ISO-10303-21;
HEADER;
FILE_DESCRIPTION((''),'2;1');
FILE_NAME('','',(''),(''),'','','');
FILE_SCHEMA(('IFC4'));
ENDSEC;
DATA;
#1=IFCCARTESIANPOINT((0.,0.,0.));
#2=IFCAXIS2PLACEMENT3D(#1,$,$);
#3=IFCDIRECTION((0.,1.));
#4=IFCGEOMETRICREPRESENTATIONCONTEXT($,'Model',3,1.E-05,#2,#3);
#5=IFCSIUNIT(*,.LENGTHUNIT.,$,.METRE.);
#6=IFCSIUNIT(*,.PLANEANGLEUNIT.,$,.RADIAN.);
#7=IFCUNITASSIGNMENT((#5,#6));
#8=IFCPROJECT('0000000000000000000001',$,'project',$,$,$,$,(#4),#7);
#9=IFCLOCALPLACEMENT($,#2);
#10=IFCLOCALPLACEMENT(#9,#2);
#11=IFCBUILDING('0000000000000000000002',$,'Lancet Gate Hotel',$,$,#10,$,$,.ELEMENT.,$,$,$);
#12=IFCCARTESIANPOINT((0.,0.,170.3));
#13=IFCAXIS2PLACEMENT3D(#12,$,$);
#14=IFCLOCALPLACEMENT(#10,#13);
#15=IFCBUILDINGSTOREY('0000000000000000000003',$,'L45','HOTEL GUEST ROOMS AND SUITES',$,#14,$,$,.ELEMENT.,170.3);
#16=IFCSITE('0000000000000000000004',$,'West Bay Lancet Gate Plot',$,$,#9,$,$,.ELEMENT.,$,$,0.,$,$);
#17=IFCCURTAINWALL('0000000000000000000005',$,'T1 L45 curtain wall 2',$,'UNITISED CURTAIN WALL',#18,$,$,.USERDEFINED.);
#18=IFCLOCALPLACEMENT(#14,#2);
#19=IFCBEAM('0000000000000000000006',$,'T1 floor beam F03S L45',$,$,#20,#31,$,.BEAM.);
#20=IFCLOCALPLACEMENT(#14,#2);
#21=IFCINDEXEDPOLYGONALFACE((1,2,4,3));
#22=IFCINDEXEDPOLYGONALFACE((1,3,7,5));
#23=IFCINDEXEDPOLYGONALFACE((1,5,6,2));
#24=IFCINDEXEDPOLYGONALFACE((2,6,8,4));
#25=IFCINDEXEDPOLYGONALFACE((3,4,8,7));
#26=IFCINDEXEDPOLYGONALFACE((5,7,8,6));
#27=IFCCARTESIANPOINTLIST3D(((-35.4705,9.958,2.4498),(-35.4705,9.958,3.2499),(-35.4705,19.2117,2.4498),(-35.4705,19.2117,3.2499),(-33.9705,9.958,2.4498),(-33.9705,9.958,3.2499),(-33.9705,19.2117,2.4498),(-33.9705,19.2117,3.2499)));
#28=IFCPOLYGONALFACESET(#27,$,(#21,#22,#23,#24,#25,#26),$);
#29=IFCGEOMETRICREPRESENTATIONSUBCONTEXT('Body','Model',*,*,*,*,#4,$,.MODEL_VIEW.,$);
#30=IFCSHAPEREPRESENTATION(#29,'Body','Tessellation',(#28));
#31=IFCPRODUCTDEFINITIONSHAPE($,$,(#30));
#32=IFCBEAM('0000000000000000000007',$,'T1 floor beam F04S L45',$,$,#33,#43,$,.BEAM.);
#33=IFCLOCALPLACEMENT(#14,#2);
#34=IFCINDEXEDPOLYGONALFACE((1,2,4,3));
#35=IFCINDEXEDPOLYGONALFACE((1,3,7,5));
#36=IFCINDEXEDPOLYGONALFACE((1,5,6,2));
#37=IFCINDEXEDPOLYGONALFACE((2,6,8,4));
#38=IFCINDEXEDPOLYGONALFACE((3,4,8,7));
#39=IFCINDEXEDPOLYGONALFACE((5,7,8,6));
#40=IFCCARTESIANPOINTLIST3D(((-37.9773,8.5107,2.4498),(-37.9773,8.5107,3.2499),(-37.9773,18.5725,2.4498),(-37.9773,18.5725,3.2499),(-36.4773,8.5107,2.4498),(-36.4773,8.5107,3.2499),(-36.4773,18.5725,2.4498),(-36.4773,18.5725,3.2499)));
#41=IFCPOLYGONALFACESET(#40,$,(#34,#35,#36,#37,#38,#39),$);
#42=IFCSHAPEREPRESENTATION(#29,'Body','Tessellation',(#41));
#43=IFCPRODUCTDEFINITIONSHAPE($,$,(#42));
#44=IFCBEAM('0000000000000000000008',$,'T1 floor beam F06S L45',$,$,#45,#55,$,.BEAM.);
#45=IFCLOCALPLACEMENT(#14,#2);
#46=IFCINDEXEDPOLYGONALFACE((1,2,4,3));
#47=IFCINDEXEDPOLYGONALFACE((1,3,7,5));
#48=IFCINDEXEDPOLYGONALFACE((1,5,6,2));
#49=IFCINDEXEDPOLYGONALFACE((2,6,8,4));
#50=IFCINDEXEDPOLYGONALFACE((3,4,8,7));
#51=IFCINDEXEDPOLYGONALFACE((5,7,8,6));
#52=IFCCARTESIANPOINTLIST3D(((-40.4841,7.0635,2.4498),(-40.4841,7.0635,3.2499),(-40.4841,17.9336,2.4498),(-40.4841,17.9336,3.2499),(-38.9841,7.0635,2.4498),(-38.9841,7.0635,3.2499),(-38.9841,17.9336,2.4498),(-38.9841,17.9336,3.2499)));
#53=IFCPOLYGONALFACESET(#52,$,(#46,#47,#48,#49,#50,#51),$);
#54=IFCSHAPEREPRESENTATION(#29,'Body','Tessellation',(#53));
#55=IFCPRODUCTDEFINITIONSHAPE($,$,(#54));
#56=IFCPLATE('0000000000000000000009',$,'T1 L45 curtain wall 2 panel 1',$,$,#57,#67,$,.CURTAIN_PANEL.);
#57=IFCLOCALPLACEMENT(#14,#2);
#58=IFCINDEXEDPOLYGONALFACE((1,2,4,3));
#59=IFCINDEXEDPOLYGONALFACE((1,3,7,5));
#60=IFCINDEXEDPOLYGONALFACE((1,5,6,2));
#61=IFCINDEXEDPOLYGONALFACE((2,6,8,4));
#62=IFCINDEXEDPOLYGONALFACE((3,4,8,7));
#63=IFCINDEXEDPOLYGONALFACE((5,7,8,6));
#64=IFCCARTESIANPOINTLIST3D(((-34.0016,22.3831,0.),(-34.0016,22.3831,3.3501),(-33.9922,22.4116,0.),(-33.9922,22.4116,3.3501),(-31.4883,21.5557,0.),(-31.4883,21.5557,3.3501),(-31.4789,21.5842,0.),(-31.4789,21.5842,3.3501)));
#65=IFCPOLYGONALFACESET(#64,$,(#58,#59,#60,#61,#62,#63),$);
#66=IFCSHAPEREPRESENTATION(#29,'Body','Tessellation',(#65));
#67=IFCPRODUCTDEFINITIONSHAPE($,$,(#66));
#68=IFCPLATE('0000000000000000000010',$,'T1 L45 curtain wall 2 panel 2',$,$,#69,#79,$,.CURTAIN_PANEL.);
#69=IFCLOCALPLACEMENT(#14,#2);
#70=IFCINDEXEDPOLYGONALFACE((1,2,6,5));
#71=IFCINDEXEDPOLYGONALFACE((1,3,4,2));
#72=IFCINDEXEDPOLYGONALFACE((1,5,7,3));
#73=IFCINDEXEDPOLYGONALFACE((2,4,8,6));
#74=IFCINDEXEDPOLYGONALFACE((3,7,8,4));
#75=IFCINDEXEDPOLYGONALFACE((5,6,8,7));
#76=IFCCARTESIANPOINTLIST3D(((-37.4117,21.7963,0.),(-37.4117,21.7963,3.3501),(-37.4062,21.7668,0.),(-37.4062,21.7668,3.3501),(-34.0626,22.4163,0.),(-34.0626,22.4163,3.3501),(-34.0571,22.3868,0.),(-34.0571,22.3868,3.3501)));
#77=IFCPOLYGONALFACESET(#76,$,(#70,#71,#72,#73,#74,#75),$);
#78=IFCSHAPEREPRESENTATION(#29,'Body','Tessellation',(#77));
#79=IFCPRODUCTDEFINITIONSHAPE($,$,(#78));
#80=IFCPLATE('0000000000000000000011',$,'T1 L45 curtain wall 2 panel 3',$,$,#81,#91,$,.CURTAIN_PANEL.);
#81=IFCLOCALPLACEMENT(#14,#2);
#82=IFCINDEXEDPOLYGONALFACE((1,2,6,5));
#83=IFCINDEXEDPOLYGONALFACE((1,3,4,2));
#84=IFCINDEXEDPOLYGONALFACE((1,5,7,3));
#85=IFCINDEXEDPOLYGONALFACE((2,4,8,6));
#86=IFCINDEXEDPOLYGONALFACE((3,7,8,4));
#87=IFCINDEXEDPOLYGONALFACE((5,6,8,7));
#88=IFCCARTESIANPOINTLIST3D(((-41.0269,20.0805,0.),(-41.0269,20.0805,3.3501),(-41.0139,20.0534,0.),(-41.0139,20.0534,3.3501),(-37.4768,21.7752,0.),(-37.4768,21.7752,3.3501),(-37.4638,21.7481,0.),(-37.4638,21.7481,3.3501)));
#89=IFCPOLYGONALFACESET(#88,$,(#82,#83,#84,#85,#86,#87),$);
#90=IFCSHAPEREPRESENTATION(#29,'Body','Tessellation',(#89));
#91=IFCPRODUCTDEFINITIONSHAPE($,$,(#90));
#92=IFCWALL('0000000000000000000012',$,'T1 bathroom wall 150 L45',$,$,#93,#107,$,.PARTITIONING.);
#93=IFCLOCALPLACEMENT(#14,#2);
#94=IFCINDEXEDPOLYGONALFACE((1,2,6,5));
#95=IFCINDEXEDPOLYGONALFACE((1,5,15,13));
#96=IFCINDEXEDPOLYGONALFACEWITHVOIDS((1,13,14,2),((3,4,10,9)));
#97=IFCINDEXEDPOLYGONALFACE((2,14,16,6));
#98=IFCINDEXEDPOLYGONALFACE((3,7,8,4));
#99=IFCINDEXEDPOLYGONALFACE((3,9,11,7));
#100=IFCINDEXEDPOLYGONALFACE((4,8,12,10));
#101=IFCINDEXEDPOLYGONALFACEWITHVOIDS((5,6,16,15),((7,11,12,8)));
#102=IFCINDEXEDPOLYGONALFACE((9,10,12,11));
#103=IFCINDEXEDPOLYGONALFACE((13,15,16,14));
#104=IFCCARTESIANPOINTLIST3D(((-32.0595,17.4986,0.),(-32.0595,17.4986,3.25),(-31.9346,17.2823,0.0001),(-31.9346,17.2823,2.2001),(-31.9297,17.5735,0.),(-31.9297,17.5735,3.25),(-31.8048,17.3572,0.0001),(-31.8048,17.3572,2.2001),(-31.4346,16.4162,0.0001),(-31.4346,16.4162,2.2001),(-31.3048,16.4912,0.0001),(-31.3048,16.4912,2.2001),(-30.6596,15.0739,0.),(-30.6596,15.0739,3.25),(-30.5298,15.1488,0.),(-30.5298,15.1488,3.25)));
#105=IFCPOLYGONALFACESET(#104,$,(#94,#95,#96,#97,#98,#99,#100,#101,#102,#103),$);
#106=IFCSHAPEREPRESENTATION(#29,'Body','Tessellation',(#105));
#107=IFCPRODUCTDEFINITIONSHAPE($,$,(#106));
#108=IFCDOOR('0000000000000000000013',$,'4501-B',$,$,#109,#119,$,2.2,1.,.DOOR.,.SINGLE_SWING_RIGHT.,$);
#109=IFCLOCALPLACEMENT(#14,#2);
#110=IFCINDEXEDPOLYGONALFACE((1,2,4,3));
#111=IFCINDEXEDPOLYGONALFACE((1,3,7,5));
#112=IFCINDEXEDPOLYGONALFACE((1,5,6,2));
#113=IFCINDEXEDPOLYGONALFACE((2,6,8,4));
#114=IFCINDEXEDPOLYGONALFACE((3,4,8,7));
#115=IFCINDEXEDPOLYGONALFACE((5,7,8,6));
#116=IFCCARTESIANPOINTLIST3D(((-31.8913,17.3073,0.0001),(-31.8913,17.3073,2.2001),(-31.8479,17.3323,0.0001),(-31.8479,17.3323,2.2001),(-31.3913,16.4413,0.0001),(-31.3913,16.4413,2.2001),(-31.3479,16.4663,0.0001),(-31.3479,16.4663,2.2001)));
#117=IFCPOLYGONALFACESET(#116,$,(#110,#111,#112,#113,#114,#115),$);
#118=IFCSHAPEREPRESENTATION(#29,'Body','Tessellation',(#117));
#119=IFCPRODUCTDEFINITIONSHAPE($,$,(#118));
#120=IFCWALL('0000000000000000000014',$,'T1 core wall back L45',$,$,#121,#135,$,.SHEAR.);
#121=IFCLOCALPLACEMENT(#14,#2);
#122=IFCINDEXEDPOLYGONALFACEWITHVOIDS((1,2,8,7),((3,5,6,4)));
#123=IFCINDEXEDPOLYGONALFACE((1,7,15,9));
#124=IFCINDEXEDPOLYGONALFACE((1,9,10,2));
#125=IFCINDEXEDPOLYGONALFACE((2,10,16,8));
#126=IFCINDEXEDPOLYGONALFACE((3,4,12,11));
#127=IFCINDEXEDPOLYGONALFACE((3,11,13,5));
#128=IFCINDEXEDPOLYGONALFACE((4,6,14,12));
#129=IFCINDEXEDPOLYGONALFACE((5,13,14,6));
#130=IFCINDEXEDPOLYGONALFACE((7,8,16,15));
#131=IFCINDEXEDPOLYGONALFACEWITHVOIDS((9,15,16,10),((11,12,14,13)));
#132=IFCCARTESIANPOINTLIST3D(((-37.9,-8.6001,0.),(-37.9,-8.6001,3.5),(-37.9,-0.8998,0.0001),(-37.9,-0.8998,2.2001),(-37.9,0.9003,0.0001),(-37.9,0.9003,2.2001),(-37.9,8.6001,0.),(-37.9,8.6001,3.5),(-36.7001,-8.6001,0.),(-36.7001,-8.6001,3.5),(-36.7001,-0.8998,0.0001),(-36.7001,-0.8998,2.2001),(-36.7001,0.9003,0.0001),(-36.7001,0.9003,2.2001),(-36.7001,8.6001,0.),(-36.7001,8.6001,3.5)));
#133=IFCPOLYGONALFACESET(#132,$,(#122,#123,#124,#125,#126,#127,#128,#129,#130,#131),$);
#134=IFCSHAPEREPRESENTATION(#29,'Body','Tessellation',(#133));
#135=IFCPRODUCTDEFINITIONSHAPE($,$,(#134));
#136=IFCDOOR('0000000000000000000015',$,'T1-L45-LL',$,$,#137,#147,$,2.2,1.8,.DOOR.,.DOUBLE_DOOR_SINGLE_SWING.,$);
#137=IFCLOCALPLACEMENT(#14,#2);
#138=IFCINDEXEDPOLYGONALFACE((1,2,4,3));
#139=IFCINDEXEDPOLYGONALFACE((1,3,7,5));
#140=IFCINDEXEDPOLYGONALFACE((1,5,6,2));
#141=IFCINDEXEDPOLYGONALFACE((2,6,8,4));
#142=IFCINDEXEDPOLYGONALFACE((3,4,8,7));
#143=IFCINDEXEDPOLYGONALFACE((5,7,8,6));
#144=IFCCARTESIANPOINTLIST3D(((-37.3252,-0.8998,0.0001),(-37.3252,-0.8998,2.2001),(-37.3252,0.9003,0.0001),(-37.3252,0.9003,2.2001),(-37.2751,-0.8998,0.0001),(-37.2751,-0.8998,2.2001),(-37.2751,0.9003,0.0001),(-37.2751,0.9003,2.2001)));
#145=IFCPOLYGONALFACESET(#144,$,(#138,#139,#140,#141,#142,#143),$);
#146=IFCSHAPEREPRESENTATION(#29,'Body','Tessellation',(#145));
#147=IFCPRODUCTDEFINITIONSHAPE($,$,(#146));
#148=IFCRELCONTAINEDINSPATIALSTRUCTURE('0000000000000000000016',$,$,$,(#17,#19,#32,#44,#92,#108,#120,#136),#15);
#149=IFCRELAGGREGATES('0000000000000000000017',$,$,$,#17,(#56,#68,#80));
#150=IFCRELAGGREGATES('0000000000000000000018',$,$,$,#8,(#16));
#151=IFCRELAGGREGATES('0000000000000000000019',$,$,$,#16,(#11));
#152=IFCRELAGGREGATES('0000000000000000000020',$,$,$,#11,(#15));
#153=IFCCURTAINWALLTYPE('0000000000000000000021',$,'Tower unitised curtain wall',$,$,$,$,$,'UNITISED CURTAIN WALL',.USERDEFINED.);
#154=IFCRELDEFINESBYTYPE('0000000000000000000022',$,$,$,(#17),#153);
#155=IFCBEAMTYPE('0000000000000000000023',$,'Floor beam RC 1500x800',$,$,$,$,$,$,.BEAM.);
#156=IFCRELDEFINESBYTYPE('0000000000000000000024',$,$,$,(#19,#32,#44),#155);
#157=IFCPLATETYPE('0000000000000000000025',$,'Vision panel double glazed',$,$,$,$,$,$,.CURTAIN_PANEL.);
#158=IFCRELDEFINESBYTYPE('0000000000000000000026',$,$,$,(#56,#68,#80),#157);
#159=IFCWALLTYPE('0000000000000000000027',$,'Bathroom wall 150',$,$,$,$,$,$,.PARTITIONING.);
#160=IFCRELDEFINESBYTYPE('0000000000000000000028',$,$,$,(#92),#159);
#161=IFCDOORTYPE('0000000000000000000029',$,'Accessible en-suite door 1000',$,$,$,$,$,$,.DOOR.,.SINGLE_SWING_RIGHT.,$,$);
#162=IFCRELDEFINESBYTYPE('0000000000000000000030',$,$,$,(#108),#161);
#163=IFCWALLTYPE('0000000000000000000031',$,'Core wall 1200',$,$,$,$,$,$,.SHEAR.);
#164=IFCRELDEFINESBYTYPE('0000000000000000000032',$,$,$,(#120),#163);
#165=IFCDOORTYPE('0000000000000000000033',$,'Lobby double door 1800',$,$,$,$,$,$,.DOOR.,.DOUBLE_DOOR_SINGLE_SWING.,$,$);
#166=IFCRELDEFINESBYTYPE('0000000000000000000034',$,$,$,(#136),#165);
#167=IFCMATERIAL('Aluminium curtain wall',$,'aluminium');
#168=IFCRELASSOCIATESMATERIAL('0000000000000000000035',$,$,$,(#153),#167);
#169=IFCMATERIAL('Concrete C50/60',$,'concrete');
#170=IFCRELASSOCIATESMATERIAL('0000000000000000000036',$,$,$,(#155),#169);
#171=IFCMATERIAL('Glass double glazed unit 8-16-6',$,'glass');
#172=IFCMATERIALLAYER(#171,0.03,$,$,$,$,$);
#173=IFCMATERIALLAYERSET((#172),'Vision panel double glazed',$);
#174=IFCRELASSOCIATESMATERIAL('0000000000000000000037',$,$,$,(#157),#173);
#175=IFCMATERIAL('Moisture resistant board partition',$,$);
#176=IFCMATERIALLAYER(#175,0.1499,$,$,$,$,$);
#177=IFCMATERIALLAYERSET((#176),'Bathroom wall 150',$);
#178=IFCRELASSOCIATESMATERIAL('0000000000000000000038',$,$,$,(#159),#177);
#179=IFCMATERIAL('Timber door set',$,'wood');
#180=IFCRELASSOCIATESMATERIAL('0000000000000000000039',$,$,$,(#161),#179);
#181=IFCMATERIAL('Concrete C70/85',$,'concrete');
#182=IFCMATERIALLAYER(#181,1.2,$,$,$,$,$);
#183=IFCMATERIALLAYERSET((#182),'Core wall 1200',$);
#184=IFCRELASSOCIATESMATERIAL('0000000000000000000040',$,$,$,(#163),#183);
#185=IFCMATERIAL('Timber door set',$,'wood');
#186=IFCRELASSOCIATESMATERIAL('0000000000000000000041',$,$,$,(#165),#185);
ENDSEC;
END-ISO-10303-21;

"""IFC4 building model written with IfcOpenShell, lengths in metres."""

from ifc_helpers import new_model, si_unit, direction, frame, frame_2d, origin, origin_2d, place, context, subcontext, project, spatial, rectangle, extrude, material, layer, layer_set, material_profile, profile_set, type_object, element, fill, aggregate, save


model = new_model("IFC4")

# Units and contexts
model_context = context("Model", 3, precision=1e-05, world=origin(), true_north=direction((0.0, 1.0)))
body_context = subcontext(model_context, "Body", "Model", "MODEL_VIEW")
ifc_project = project(units=[si_unit("LENGTHUNIT", "METRE"), si_unit("PLANEANGLEUNIT", "RADIAN")], contexts=[model_context])

# Site, building, storey
site_placement = place(None, origin())
site = spatial("IfcSite", under=ifc_project, at=site_placement, Name="West Bay Lancet Gate Plot", CompositionType="ELEMENT", RefElevation=0.0)
building_placement = place(site_placement, origin())
building = spatial("IfcBuilding", under=site, at=building_placement, Name="Lancet Gate Hotel", CompositionType="ELEMENT")
storey_placement = place(building_placement, frame((0.0, 0.0, 170.3)))
storey = spatial("IfcBuildingStorey", under=building, at=storey_placement, Name="L45", Description="HOTEL GUEST ROOMS AND SUITES", CompositionType="ELEMENT", Elevation=170.3)

# Shared definitions
ifc_material_1 = material(Name="Aluminium curtain wall", Category="aluminium")
curtain_wall_type = type_object("IfcCurtainWallType", Name="Tower unitised curtain wall", ElementType="UNITISED CURTAIN WALL", PredefinedType="USERDEFINED", material=ifc_material_1)

# Curtain wall
curtain_wall_1_placement = place(storey_placement, origin())
curtain_wall_1 = element("IfcCurtainWall", 1, at=curtain_wall_1_placement, inside=storey, type_object=curtain_wall_type, Name="T1 L45 curtain wall 2", ObjectType="UNITISED CURTAIN WALL", PredefinedType="USERDEFINED")

# Beams
ifc_material_2 = material(Name="Concrete C50/60", Category="concrete")
ifc_material_profile_1 = material_profile(ifc_material_2, rectangle(XDim=1.5, YDim=0.8, at=origin_2d()), Name="RC 1500x800")
ifc_profile_set_1 = profile_set([ifc_material_profile_1], Name="Concrete C50/60")
beam_type_1 = type_object("IfcBeamType", Name="Floor beam RC 1500x800", PredefinedType="BEAM", material=ifc_profile_set_1)
beam_1_placement = place(storey_placement, frame((-34.7205, 19.2117, 2.8499), z_axis=(0.0, -1.0, 0.0), x_axis=(1.0, 0.0, 0.0)))
element("IfcBeam", 2, at=beam_1_placement, inside=storey, type_object=beam_type_1, Name="T1 floor beam F03S L45", PredefinedType="BEAM", context=body_context, shape_type="SweptSolid", body=[
    extrude(rectangle(XDim=1.5, YDim=0.8, at=origin_2d()), origin(), (0.0, 0.0, 1.0), 9.2537),
])
beam_2_placement = place(storey_placement, frame((-37.2273, 18.5725, 2.8499), z_axis=(0.0, -1.0, 0.0), x_axis=(1.0, 0.0, 0.0)))
element("IfcBeam", 3, at=beam_2_placement, inside=storey, type_object=beam_type_1, Name="T1 floor beam F04S L45", PredefinedType="BEAM", context=body_context, shape_type="SweptSolid", body=[
    extrude(rectangle(XDim=1.5, YDim=0.8, at=origin_2d()), origin(), (0.0, 0.0, 1.0), 10.0618),
])
beam_3_placement = place(storey_placement, frame((-39.7341, 17.9336, 2.8499), z_axis=(0.0, -1.0, 0.0), x_axis=(1.0, 0.0, 0.0)))
element("IfcBeam", 4, at=beam_3_placement, inside=storey, type_object=beam_type_1, Name="T1 floor beam F06S L45", PredefinedType="BEAM", context=body_context, shape_type="SweptSolid", body=[
    extrude(rectangle(XDim=1.5, YDim=0.8, at=origin_2d()), origin(), (0.0, 0.0, 1.0), 10.8701),
])

# Plates
ifc_material_3 = material(Name="Glass double glazed unit 8-16-6", Category="glass")
ifc_layer_1 = layer(ifc_material_3, 0.03)
ifc_layer_set_1 = layer_set([ifc_layer_1], Name="Vision panel double glazed")
plate_type = type_object("IfcPlateType", Name="Vision panel double glazed", PredefinedType="CURTAIN_PANEL", material=ifc_layer_set_1)
plate_1_placement = place(storey_placement, frame((-32.7402, 21.9836, 0.0), z_axis=(0.0, 0.0, 1.0), x_axis=(-0.949848, 0.312712, 0.0)))
plate_1 = element("IfcPlate", 5, at=plate_1_placement, type_object=plate_type, Name="T1 L45 curtain wall 2 panel 1", PredefinedType="CURTAIN_PANEL", context=body_context, shape_type="SweptSolid", body=[
    extrude(rectangle(XDim=2.646, YDim=0.03, at=origin_2d()), origin(), (0.0, 0.0, 1.0), 3.3501),
])
plate_2_placement = place(storey_placement, frame((-35.7344, 22.0916, 0.0), z_axis=(0.0, 0.0, 1.0), x_axis=(-0.983292, -0.182033, 0.0)))
plate_2 = element("IfcPlate", 6, at=plate_2_placement, type_object=plate_type, Name="T1 L45 curtain wall 2 panel 2", PredefinedType="CURTAIN_PANEL", context=body_context, shape_type="SweptSolid", body=[
    extrude(rectangle(XDim=3.406, YDim=0.03, at=origin_2d()), origin(), (0.0, 0.0, 1.0), 3.3501),
])
plate_3_placement = place(storey_placement, frame((-39.2454, 20.9143, 0.0), z_axis=(0.0, 0.0, 1.0), x_axis=(-0.902454, -0.430787, 0.0)))
plate_3 = element("IfcPlate", 7, at=plate_3_placement, type_object=plate_type, Name="T1 L45 curtain wall 2 panel 3", PredefinedType="CURTAIN_PANEL", context=body_context, shape_type="SweptSolid", body=[
    extrude(rectangle(XDim=3.9338, YDim=0.03, at=origin_2d()), origin(), (0.0, 0.0, 1.0), 3.3501),
])
aggregate(curtain_wall_1, [plate_1, plate_2, plate_3])

# Walls, openings, doors
ifc_material_4 = material(Name="Moisture resistant board partition")
ifc_layer_2 = layer(ifc_material_4, 0.1499)
ifc_layer_set_2 = layer_set([ifc_layer_2], Name="Bathroom wall 150")
wall_type_1 = type_object("IfcWallType", Name="Bathroom wall 150", PredefinedType="PARTITIONING", material=ifc_layer_set_2)
wall_1_placement = place(storey_placement, frame((-30.5947, 15.1113, 0.0), z_axis=(0.0, 0.0, 1.0), x_axis=(-0.499984, 0.866035, 0.0)))
wall_1 = element("IfcWall", 8, at=wall_1_placement, inside=storey, type_object=wall_type_1, Name="T1 bathroom wall 150 L45", PredefinedType="PARTITIONING", context=body_context, shape_type="SweptSolid", body=[
    extrude(rectangle(XDim=2.7998, YDim=0.1499, at=frame_2d((1.3999, 0.0))), origin(), (0.0, 0.0, 1.0), 3.25),
])
opening_1_placement = place(wall_1_placement, frame((1.55, 0.0, 0.0)))
opening_1 = element("IfcOpeningElement", 9, at=opening_1_placement, cuts=wall_1, PredefinedType="OPENING", context=body_context, shape_type="SweptSolid", body=[
    extrude(rectangle(XDim=1.0, YDim=2.2, at=frame_2d((0.5, 1.1001))), frame((0.0, 0.085, 0.0), z_axis=(0.0, -1.0, 0.0), x_axis=(1.0, 0.0, 0.0)), (0.0, 0.0, 1.0), 0.1699),
])
ifc_material_5 = material(Name="Timber door set", Category="wood")
door_type_1 = type_object("IfcDoorType", Name="Accessible en-suite door 1000", OperationType="SINGLE_SWING_RIGHT", PredefinedType="DOOR", material=ifc_material_5)
door_1_placement = place(opening_1_placement, origin())
door_1 = element("IfcDoor", 10, at=door_1_placement, inside=storey, type_object=door_type_1, Name="4501-B", OperationType="SINGLE_SWING_RIGHT", OverallHeight=2.2, OverallWidth=1.0, PredefinedType="DOOR", context=body_context, shape_type="SweptSolid", body=[
    extrude(rectangle(XDim=1.0, YDim=2.2, at=frame_2d((0.5, 1.1001))), frame((0.0, 0.0249, 0.0), z_axis=(0.0, -1.0, 0.0), x_axis=(1.0, 0.0, 0.0)), (0.0, 0.0, 1.0), 0.05),
])
fill(opening_1, door_1)
ifc_material_6 = material(Name="Concrete C70/85", Category="concrete")
ifc_layer_3 = layer(ifc_material_6, 1.2)
ifc_layer_set_3 = layer_set([ifc_layer_3], Name="Core wall 1200")
wall_type_2 = type_object("IfcWallType", Name="Core wall 1200", PredefinedType="SHEAR", material=ifc_layer_set_3)
wall_2_placement = place(storey_placement, frame((-37.3, 8.6001, 0.0), z_axis=(0.0, 0.0, 1.0), x_axis=(0.0, -1.0, 0.0)))
wall_2 = element("IfcWall", 11, at=wall_2_placement, inside=storey, type_object=wall_type_2, Name="T1 core wall back L45", PredefinedType="SHEAR", context=body_context, shape_type="SweptSolid", body=[
    extrude(rectangle(XDim=17.2002, YDim=1.2, at=frame_2d((8.6001, 0.0))), origin(), (0.0, 0.0, 1.0), 3.5),
])
opening_2_placement = place(wall_2_placement, frame((7.7, 0.0, 0.0)))
opening_2 = element("IfcOpeningElement", 12, at=opening_2_placement, cuts=wall_2, PredefinedType="OPENING", context=body_context, shape_type="SweptSolid", body=[
    extrude(rectangle(XDim=1.8, YDim=2.2, at=frame_2d((0.8999, 1.1001))), frame((0.0, 0.6099, 0.0), z_axis=(0.0, -1.0, 0.0), x_axis=(1.0, 0.0, 0.0)), (0.0, 0.0, 1.0), 1.22),
])
ifc_material_7 = material(Name="Timber door set", Category="wood")
door_type_2 = type_object("IfcDoorType", Name="Lobby double door 1800", OperationType="DOUBLE_DOOR_SINGLE_SWING", PredefinedType="DOOR", material=ifc_material_7)
door_2_placement = place(opening_2_placement, origin())
door_2 = element("IfcDoor", 13, at=door_2_placement, inside=storey, type_object=door_type_2, Name="T1-L45-LL", OperationType="DOUBLE_DOOR_SINGLE_SWING", OverallHeight=2.2, OverallWidth=1.8, PredefinedType="DOOR", context=body_context, shape_type="SweptSolid", body=[
    extrude(rectangle(XDim=1.8, YDim=2.2, at=frame_2d((0.8999, 1.1001))), frame((0.0, 0.0249, 0.0), z_axis=(0.0, -1.0, 0.0), x_axis=(1.0, 0.0, 0.0)), (0.0, 0.0, 1.0), 0.05),
])
fill(opening_2, door_2)

save(model, "model.ifc")
